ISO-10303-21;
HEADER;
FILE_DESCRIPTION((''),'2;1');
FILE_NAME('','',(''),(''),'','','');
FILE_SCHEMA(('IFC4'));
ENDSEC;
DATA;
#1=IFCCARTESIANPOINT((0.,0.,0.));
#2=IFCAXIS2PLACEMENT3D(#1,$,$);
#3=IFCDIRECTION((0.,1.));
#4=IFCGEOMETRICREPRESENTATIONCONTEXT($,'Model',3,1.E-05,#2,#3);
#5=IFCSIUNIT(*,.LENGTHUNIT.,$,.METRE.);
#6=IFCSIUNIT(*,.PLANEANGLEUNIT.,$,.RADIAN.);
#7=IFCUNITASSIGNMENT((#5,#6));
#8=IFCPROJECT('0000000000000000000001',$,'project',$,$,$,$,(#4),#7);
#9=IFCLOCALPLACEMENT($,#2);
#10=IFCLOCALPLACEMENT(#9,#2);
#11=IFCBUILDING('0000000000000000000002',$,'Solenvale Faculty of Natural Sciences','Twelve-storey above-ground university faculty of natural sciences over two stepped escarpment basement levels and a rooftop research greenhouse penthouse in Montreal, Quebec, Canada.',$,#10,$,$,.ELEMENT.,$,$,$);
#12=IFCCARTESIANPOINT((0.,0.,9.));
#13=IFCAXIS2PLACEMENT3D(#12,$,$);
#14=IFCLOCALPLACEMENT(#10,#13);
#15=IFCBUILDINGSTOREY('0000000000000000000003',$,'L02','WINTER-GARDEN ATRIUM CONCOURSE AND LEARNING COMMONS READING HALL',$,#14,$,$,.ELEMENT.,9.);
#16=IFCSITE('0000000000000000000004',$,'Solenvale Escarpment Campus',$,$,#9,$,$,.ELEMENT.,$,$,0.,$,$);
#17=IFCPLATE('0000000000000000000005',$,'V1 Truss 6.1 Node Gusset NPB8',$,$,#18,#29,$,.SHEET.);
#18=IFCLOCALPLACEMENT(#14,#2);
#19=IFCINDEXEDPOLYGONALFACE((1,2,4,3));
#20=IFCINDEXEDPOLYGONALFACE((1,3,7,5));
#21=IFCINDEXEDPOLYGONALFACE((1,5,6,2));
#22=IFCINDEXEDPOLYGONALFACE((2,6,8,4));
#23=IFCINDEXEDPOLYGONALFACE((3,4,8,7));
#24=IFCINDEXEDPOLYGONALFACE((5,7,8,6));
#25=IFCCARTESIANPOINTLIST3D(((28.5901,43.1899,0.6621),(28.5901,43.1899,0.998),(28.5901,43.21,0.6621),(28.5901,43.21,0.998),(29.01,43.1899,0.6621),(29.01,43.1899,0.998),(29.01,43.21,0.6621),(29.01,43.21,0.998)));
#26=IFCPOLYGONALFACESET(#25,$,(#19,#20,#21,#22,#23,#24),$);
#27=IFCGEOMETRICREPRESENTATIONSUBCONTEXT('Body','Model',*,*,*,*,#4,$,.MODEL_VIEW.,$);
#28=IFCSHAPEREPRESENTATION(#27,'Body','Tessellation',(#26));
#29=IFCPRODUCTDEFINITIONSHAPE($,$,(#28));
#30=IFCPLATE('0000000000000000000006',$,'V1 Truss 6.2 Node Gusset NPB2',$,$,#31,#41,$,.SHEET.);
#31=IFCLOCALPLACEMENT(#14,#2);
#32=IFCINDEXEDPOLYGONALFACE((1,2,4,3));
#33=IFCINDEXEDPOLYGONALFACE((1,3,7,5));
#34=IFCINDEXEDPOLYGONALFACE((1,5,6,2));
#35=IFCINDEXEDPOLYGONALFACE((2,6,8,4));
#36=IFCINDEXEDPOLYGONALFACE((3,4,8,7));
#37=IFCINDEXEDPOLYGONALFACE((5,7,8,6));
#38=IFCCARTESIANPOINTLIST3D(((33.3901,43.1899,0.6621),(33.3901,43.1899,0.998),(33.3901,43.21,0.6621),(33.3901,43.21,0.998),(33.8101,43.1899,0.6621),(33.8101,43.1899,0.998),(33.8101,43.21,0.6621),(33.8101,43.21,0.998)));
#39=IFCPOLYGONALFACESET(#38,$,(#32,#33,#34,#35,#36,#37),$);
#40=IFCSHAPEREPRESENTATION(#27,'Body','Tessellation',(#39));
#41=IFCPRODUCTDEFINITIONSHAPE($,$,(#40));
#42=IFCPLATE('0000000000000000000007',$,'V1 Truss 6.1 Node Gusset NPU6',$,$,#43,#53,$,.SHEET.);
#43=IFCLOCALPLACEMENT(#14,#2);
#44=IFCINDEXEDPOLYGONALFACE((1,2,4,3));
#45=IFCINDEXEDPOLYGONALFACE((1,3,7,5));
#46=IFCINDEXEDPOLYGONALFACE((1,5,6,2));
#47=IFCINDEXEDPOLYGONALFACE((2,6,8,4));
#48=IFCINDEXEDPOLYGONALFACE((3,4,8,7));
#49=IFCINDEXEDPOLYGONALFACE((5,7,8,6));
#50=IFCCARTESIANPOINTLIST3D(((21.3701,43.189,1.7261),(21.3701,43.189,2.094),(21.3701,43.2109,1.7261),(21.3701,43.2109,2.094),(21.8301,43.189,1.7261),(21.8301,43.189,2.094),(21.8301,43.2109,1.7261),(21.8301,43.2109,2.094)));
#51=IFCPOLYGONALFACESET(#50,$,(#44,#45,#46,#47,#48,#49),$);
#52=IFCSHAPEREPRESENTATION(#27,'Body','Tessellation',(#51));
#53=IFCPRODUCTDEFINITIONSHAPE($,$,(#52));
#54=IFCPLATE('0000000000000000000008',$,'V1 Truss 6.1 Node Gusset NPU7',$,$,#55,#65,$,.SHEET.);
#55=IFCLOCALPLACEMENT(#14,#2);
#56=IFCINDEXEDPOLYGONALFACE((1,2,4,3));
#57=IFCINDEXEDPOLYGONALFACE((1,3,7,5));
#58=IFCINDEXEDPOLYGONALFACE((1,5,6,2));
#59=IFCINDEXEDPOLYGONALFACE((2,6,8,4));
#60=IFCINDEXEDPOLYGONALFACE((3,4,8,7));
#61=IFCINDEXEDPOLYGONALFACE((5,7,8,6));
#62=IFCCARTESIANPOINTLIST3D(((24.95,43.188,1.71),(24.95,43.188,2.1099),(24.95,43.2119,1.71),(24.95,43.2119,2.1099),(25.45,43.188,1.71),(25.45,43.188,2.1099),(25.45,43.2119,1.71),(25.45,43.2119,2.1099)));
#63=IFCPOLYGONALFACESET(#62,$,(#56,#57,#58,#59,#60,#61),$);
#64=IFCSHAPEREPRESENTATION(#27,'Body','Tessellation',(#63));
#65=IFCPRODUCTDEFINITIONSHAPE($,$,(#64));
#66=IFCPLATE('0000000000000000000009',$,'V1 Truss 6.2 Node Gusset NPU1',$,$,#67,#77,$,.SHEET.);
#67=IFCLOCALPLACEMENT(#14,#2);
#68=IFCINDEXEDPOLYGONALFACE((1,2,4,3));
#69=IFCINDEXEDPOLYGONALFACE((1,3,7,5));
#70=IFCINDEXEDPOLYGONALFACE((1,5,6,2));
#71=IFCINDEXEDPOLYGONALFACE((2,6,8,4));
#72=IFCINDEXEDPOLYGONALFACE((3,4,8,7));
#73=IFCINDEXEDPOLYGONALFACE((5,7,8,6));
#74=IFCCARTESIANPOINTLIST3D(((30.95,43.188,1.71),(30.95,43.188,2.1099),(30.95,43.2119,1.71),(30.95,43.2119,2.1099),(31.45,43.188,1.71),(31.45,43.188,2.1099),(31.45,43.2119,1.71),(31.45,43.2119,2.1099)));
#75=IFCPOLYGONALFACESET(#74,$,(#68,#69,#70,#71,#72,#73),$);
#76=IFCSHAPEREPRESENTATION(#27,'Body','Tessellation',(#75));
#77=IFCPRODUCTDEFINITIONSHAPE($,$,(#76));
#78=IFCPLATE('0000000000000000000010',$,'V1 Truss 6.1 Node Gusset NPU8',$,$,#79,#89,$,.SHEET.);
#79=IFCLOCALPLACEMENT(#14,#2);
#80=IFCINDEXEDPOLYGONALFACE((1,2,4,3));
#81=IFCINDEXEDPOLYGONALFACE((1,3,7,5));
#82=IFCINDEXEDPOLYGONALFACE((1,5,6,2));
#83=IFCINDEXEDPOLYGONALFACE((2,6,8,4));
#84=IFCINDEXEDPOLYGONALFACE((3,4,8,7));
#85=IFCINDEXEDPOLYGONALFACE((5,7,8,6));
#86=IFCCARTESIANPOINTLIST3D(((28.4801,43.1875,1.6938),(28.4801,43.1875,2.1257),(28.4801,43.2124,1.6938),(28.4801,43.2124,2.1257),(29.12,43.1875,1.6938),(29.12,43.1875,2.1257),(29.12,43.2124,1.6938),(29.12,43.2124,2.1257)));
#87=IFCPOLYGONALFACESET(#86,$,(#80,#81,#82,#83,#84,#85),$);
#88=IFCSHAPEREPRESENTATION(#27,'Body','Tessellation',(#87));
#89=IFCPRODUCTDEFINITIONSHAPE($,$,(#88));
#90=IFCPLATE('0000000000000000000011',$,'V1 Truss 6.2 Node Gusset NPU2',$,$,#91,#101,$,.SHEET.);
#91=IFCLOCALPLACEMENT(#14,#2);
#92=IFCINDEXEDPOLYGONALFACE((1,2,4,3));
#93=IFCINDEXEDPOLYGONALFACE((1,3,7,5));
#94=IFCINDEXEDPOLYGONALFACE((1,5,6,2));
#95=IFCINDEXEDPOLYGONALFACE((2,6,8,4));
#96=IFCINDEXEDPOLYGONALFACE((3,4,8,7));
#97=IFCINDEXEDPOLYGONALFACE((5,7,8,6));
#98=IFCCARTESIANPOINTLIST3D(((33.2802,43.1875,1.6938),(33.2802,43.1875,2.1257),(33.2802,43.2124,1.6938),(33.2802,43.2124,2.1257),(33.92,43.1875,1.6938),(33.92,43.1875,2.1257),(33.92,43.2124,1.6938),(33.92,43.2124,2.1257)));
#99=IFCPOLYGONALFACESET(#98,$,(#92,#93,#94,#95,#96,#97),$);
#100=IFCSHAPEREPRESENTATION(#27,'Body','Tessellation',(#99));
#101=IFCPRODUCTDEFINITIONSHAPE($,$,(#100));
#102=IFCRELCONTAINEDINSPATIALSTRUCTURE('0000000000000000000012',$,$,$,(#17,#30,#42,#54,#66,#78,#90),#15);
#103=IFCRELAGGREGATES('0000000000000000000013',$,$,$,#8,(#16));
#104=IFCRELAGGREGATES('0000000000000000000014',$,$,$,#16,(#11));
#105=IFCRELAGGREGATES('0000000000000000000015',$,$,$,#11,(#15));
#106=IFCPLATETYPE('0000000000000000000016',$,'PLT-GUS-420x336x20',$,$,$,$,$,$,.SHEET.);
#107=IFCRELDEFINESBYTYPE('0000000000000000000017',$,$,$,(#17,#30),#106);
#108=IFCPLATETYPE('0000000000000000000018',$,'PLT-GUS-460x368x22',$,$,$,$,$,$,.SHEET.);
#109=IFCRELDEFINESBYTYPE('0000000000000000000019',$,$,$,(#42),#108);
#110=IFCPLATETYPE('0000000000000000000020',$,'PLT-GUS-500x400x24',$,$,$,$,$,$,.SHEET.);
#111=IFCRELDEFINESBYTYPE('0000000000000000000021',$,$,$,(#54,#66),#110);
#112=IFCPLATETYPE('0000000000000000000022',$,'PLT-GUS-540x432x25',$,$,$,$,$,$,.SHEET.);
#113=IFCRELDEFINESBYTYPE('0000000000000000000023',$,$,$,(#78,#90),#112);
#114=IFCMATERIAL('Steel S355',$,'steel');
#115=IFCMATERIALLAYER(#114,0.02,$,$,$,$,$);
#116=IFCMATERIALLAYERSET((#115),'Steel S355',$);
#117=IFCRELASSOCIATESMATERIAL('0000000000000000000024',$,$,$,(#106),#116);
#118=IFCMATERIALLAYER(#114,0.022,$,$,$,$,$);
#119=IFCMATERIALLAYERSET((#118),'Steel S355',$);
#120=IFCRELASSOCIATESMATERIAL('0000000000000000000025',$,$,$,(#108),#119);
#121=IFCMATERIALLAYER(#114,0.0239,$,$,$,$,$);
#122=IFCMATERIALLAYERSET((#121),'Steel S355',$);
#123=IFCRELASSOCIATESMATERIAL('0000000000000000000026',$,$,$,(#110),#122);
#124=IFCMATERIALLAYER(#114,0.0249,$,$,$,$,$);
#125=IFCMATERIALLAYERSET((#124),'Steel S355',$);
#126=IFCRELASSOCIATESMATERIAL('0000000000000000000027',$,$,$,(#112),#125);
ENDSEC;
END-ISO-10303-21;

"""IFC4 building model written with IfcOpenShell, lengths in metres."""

from ifc_helpers import new_model, si_unit, direction, frame, origin, origin_2d, place, context, subcontext, project, spatial, rectangle, extrude, material, layer, layer_set, type_object, element, save


model = new_model("IFC4")

# Units and contexts
model_context = context("Model", 3, precision=1e-05, world=origin(), true_north=direction((0.0, 1.0)))
body_context = subcontext(model_context, "Body", "Model", "MODEL_VIEW")
ifc_project = project(units=[si_unit("LENGTHUNIT", "METRE"), si_unit("PLANEANGLEUNIT", "RADIAN")], contexts=[model_context])

# Site, building, storey
site_placement = place(None, origin())
site = spatial("IfcSite", under=ifc_project, at=site_placement, Name="Solenvale Escarpment Campus", CompositionType="ELEMENT", RefElevation=0.0)
building_placement = place(site_placement, origin())
building = spatial("IfcBuilding", under=site, at=building_placement, Name="Solenvale Faculty of Natural Sciences", Description="Twelve-storey above-ground university faculty of natural sciences over two stepped escarpment basement levels and a rooftop research greenhouse penthouse in Montreal, Quebec, Canada.", CompositionType="ELEMENT")
storey_placement = place(building_placement, frame((0.0, 0.0, 9.0)))
storey = spatial("IfcBuildingStorey", under=building, at=storey_placement, Name="L02", Description="WINTER-GARDEN ATRIUM CONCOURSE AND LEARNING COMMONS READING HALL", CompositionType="ELEMENT", Elevation=9.0)

# Shared definitions
ifc_material_1 = material(Name="Steel S355", Category="steel")

# Plates
ifc_layer_1 = layer(ifc_material_1, 0.02)
ifc_layer_set_1 = layer_set([ifc_layer_1], Name="Steel S355")
plate_type_1 = type_object("IfcPlateType", Name="PLT-GUS-420x336x20", PredefinedType="SHEET", material=ifc_layer_set_1)
for number, where, z_axis, x_axis, name in (
    (1, (28.8, 43.2, 0.6621), (0.0, 0.0, 1.0), (1.0, 0.0, 0.0), "V1 Truss 6.1 Node Gusset NPB8"),
    (2, (33.6001, 43.2, 0.6621), (0.0, 0.0, 1.0), (1.0, 0.0, 0.0), "V1 Truss 6.2 Node Gusset NPB2"),
):
    element("IfcPlate", number, at=place(storey_placement, frame(where, z_axis=z_axis, x_axis=x_axis)), inside=storey, type_object=plate_type_1, Name=name, PredefinedType="SHEET", context=body_context, shape_type="SweptSolid", body=[
        extrude(rectangle(XDim=0.4199, YDim=0.02, at=origin_2d()), origin(), (0.0, 0.0, 1.0), 0.3359),
    ])
ifc_layer_2 = layer(ifc_material_1, 0.022)
ifc_layer_set_2 = layer_set([ifc_layer_2], Name="Steel S355")
plate_type_2 = type_object("IfcPlateType", Name="PLT-GUS-460x368x22", PredefinedType="SHEET", material=ifc_layer_set_2)
plate_1_placement = place(storey_placement, frame((21.6001, 43.2, 1.7261), z_axis=(0.0, 0.0, 1.0), x_axis=(1.0, 0.0, 0.0)))
element("IfcPlate", 3, at=plate_1_placement, inside=storey, type_object=plate_type_2, Name="V1 Truss 6.1 Node Gusset NPU6", PredefinedType="SHEET", context=body_context, shape_type="SweptSolid", body=[
    extrude(rectangle(XDim=0.46, YDim=0.022, at=origin_2d()), origin(), (0.0, 0.0, 1.0), 0.3679),
])
ifc_layer_3 = layer(ifc_material_1, 0.0239)
ifc_layer_set_3 = layer_set([ifc_layer_3], Name="Steel S355")
plate_type_3 = type_object("IfcPlateType", Name="PLT-GUS-500x400x24", PredefinedType="SHEET", material=ifc_layer_set_3)
for number, where, z_axis, x_axis, name in (
    (4, (25.2, 43.2, 1.71), (0.0, 0.0, 1.0), (1.0, 0.0, 0.0), "V1 Truss 6.1 Node Gusset NPU7"),
    (5, (31.2, 43.2, 1.71), (0.0, 0.0, 1.0), (1.0, 0.0, 0.0), "V1 Truss 6.2 Node Gusset NPU1"),
):
    element("IfcPlate", number, at=place(storey_placement, frame(where, z_axis=z_axis, x_axis=x_axis)), inside=storey, type_object=plate_type_3, Name=name, PredefinedType="SHEET", context=body_context, shape_type="SweptSolid", body=[
        extrude(rectangle(XDim=0.5, YDim=0.0239, at=origin_2d()), origin(), (0.0, 0.0, 1.0), 0.3999),
    ])
ifc_layer_4 = layer(ifc_material_1, 0.0249)
ifc_layer_set_4 = layer_set([ifc_layer_4], Name="Steel S355")
plate_type_4 = type_object("IfcPlateType", Name="PLT-GUS-540x432x25", PredefinedType="SHEET", material=ifc_layer_set_4)
for number, where, z_axis, x_axis, name in (
    (6, (28.8, 43.2, 1.6938), (0.0, 0.0, 1.0), (1.0, 0.0, 0.0), "V1 Truss 6.1 Node Gusset NPU8"),
    (7, (33.6001, 43.2, 1.6938), (0.0, 0.0, 1.0), (1.0, 0.0, 0.0), "V1 Truss 6.2 Node Gusset NPU2"),
):
    element("IfcPlate", number, at=place(storey_placement, frame(where, z_axis=z_axis, x_axis=x_axis)), inside=storey, type_object=plate_type_4, Name=name, PredefinedType="SHEET", context=body_context, shape_type="SweptSolid", body=[
        extrude(rectangle(XDim=0.6399, YDim=0.0249, at=origin_2d()), origin(), (0.0, 0.0, 1.0), 0.4319),
    ])

save(model, "model.ifc")
